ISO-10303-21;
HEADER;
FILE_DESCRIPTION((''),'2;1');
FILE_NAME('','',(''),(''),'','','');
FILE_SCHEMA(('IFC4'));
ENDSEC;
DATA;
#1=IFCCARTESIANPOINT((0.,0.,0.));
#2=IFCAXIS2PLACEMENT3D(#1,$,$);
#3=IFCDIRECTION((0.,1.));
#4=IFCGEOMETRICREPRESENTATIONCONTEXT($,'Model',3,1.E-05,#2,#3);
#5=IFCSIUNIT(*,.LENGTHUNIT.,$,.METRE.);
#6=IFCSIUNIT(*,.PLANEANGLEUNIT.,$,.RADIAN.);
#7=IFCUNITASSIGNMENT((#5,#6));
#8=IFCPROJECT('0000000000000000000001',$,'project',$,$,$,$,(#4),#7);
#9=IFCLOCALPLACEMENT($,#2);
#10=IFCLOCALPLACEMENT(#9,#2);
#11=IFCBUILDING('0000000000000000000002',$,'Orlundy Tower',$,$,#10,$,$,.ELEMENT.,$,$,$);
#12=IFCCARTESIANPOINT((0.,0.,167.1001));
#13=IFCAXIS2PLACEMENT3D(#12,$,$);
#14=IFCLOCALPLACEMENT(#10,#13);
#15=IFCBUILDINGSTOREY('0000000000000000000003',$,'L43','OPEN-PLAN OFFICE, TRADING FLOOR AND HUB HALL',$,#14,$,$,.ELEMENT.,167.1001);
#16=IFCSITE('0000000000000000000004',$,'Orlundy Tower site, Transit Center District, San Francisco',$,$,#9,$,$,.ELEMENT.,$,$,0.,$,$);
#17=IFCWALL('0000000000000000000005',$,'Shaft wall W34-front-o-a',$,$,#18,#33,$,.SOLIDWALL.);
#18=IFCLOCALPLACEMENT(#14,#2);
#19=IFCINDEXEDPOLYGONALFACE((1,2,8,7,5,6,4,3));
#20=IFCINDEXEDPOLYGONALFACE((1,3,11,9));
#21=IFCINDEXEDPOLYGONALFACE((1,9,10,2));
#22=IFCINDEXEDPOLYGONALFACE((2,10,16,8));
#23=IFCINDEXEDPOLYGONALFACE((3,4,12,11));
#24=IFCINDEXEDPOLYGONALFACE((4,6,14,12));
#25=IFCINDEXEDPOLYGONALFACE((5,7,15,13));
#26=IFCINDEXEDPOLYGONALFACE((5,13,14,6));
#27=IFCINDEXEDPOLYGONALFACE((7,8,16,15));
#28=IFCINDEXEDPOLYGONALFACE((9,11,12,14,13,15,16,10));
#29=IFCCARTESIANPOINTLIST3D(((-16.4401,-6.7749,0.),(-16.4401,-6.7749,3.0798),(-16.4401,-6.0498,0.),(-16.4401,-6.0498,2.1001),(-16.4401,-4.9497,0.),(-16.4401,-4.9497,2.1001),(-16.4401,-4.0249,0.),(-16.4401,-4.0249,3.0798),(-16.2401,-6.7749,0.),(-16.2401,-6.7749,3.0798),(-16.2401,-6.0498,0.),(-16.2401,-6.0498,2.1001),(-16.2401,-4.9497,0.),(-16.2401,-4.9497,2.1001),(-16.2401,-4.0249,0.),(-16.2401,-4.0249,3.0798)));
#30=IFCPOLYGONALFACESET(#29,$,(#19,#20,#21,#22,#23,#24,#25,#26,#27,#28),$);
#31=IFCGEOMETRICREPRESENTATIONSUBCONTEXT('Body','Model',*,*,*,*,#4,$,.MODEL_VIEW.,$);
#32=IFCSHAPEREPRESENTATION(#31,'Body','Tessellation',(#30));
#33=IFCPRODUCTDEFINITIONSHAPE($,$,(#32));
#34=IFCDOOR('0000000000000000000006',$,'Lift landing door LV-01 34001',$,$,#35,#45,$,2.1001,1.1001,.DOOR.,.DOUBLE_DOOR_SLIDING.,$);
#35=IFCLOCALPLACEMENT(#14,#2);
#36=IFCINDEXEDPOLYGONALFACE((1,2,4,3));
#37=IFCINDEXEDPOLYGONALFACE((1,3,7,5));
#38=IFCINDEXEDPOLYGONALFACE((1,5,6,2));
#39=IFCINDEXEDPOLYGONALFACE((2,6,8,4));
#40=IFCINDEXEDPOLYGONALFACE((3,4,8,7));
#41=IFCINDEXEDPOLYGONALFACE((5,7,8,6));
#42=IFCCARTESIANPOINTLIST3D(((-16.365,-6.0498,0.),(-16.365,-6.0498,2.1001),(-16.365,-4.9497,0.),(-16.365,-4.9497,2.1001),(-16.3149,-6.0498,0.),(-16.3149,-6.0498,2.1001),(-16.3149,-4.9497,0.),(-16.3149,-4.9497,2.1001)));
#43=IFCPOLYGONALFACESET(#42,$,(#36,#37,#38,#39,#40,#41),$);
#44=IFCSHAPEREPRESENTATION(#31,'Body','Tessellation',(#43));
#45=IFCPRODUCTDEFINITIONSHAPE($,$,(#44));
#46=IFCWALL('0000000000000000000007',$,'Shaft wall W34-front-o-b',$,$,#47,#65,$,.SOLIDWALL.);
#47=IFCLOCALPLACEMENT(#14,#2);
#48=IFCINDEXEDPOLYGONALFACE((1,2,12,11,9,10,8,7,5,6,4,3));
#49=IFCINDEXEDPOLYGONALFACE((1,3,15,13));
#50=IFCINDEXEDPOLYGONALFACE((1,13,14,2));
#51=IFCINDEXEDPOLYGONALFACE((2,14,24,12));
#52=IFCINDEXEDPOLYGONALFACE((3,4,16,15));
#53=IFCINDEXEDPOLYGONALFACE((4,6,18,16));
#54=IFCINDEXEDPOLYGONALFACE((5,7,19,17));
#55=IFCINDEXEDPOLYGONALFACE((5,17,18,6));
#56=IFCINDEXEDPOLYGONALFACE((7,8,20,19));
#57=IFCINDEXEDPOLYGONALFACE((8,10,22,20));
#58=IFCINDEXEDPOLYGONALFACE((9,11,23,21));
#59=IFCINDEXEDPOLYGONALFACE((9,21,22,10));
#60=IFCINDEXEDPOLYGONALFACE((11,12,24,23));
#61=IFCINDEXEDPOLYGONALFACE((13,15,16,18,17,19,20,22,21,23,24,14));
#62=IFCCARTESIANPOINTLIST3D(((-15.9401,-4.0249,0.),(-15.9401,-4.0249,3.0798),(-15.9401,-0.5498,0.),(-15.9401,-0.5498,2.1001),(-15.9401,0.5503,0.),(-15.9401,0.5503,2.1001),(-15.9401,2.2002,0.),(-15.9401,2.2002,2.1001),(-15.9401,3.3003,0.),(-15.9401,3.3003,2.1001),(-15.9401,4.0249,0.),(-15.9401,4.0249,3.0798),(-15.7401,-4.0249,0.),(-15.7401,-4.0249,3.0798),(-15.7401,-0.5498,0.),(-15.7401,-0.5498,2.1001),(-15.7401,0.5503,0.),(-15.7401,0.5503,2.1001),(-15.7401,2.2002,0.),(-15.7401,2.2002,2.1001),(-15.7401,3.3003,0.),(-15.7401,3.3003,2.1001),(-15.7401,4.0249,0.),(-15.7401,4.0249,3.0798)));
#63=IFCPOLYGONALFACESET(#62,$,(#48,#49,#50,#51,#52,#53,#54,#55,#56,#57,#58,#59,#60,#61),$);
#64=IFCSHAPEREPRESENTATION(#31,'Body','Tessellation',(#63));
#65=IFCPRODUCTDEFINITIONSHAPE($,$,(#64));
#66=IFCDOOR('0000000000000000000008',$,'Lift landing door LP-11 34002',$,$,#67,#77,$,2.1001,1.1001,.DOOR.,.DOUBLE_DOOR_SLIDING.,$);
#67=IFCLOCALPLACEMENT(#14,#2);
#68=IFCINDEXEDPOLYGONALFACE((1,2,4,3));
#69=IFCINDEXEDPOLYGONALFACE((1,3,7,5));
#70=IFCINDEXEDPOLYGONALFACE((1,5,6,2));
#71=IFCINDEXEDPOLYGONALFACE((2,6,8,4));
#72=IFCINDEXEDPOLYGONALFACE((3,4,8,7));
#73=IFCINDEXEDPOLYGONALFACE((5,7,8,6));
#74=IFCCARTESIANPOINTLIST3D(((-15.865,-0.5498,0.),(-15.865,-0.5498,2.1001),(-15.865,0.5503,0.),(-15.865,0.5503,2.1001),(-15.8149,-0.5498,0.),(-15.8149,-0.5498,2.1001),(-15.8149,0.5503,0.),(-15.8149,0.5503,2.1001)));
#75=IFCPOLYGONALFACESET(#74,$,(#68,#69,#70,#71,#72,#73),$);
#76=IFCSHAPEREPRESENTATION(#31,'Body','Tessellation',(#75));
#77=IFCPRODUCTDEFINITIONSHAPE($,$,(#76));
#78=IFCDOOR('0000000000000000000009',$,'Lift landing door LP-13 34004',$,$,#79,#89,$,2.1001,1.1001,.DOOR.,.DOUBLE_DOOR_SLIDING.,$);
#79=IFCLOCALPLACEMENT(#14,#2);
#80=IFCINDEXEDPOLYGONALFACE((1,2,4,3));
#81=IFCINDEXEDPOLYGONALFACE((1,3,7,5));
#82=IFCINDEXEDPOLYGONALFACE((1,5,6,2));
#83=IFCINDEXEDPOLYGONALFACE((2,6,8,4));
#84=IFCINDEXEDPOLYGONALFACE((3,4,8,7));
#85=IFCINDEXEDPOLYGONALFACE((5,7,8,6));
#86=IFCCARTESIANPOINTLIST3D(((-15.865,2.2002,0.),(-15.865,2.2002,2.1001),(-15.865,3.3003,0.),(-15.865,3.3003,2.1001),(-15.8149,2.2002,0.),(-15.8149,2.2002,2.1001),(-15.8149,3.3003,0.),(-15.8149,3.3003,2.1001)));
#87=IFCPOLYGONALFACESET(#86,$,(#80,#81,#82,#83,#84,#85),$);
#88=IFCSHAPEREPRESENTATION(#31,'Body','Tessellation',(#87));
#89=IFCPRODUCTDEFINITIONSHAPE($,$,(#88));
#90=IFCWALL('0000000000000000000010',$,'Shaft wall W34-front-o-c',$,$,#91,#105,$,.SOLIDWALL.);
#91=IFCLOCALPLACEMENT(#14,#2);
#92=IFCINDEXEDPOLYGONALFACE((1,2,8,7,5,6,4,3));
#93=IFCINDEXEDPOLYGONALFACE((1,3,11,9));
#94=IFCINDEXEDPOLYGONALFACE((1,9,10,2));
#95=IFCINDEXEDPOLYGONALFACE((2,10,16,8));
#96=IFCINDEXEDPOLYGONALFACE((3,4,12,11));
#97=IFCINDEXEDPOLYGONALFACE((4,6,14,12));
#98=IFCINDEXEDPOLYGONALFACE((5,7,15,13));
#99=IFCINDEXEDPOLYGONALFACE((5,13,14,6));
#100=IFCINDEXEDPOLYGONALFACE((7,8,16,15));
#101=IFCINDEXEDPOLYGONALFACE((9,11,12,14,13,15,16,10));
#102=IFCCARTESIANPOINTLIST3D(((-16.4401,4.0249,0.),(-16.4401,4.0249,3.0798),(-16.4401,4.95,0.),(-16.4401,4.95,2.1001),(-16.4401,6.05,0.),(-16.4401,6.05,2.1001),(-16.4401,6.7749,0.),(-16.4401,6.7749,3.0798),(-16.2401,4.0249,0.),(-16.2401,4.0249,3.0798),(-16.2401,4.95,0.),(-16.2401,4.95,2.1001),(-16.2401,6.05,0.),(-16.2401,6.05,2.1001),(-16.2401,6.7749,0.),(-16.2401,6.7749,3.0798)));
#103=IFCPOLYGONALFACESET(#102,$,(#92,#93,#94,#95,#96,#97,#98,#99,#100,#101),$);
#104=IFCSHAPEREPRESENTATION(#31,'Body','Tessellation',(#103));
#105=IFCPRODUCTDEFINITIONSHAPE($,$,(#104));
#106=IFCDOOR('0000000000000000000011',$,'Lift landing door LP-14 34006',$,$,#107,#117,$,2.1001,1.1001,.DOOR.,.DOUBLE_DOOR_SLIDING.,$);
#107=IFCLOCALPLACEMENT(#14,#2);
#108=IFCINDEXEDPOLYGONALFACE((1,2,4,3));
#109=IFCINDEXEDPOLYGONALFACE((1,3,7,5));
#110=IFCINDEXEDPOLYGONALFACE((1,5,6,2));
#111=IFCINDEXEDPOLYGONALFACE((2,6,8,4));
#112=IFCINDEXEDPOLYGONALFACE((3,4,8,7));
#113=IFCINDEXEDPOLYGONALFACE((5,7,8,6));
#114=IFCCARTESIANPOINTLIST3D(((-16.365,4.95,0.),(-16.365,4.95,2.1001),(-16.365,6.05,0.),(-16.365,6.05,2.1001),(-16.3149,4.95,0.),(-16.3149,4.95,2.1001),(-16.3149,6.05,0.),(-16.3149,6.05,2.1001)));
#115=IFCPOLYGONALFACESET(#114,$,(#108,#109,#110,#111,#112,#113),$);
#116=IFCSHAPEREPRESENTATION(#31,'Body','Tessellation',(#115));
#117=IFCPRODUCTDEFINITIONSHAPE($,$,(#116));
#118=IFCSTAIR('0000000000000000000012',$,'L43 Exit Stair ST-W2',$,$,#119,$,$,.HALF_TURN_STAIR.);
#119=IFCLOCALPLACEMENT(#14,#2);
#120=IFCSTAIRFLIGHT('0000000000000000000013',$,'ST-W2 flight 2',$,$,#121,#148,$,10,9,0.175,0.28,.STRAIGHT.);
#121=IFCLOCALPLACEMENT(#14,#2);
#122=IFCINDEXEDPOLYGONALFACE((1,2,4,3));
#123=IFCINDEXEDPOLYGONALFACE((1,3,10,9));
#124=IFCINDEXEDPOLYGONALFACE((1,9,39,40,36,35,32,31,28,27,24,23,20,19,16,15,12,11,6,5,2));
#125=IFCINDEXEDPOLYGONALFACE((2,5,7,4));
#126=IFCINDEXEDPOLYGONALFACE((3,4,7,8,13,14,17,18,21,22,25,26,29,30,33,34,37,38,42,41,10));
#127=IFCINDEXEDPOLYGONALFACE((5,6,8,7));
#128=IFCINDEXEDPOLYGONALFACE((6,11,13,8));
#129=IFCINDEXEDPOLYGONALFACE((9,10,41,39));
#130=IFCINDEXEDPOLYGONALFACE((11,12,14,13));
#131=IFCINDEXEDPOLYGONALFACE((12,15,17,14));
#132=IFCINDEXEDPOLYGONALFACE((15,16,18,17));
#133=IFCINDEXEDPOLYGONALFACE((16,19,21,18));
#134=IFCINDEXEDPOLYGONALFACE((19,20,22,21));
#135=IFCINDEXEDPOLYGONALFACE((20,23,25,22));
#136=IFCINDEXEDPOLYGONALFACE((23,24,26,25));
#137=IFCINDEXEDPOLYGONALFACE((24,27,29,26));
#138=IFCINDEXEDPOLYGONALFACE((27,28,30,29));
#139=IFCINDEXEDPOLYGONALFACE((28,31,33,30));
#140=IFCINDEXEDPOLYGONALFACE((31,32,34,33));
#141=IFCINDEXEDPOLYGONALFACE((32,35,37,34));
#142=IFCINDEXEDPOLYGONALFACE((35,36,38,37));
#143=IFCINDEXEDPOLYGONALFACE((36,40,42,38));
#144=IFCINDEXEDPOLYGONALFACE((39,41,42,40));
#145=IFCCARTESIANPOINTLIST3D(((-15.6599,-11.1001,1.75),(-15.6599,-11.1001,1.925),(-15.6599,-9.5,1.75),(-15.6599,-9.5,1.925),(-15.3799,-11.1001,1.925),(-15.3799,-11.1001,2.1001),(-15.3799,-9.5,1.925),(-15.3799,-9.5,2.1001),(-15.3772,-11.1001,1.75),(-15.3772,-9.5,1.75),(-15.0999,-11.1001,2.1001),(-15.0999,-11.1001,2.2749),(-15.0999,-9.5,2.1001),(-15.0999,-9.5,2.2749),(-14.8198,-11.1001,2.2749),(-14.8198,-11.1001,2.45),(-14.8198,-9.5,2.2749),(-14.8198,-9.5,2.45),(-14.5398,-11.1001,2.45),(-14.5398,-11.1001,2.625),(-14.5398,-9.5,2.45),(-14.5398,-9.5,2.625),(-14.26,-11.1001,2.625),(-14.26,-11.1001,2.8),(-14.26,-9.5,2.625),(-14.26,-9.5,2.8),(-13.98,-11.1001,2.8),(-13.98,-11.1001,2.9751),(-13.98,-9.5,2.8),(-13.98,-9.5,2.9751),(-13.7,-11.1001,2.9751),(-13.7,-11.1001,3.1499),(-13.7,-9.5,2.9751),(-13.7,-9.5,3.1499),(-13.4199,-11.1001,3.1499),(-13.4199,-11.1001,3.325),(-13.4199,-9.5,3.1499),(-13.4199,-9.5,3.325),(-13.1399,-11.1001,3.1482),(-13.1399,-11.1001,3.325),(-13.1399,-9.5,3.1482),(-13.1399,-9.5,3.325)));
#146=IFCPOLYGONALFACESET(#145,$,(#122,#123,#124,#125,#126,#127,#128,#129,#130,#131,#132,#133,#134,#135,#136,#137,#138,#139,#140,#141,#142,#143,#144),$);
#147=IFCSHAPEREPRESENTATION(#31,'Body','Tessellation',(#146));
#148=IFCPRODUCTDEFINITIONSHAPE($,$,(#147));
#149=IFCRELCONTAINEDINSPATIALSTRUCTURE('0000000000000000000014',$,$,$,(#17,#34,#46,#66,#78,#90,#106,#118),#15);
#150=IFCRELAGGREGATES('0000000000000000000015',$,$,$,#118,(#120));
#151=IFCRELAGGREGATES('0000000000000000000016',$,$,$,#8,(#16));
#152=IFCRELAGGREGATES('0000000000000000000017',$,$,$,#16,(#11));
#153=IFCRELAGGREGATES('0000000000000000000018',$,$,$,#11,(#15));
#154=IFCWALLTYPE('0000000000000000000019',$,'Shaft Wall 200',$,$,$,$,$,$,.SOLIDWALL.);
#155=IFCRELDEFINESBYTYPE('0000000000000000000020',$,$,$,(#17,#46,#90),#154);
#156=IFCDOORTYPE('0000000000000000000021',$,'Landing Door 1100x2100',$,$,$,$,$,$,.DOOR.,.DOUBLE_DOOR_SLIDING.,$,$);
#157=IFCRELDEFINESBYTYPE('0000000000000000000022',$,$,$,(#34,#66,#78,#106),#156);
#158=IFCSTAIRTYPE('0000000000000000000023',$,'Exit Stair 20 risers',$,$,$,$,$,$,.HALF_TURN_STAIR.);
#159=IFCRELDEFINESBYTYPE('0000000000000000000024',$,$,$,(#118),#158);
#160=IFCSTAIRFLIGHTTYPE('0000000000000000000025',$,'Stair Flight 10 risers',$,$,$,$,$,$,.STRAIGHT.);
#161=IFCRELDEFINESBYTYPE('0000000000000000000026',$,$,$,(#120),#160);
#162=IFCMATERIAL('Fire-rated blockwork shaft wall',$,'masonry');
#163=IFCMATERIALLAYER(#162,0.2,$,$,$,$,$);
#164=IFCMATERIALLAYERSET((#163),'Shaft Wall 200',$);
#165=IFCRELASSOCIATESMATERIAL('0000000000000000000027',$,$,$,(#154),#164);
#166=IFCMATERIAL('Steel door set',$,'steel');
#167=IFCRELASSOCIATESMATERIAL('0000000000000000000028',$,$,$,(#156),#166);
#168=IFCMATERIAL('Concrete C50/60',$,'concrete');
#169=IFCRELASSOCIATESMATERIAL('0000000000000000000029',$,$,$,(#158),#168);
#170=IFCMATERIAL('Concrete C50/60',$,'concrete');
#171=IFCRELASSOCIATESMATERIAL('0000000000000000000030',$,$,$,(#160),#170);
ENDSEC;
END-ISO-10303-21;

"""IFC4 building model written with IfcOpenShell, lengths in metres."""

from ifc_helpers import new_model, si_unit, direction, frame, frame_2d, origin, place, context, subcontext, project, spatial, polyline, rectangle, outline, extrude, material, layer, layer_set, type_object, element, fill, aggregate, save


model = new_model("IFC4")

# Units and contexts
model_context = context("Model", 3, precision=1e-05, world=origin(), true_north=direction((0.0, 1.0)))
body_context = subcontext(model_context, "Body", "Model", "MODEL_VIEW")
ifc_project = project(units=[si_unit("LENGTHUNIT", "METRE"), si_unit("PLANEANGLEUNIT", "RADIAN")], contexts=[model_context])

# Site, building, storey
site_placement = place(None, origin())
site = spatial("IfcSite", under=ifc_project, at=site_placement, Name="Orlundy Tower site, Transit Center District, San Francisco", CompositionType="ELEMENT", RefElevation=0.0)
building_placement = place(site_placement, origin())
building = spatial("IfcBuilding", under=site, at=building_placement, Name="Orlundy Tower", CompositionType="ELEMENT")
storey_placement = place(building_placement, frame((0.0, 0.0, 167.1001)))
storey = spatial("IfcBuildingStorey", under=building, at=storey_placement, Name="L43", Description="OPEN-PLAN OFFICE, TRADING FLOOR AND HUB HALL", CompositionType="ELEMENT", Elevation=167.1001)

# Shared definitions
ifc_material_1 = material(Name="Fire-rated blockwork shaft wall", Category="masonry")
ifc_layer_1 = layer(ifc_material_1, 0.2)
ifc_layer_set_1 = layer_set([ifc_layer_1], Name="Shaft Wall 200")
wall_type_1 = type_object("IfcWallType", Name="Shaft Wall 200", PredefinedType="SOLIDWALL", material=ifc_layer_set_1)

# Wall, opening, door
wall_1_placement = place(storey_placement, frame((-16.3401, -6.7749, 0.0), z_axis=(0.0, 0.0, 1.0), x_axis=(0.0, 1.0, 0.0)))
wall_1 = element("IfcWall", 1, at=wall_1_placement, inside=storey, type_object=wall_type_1, Name="Shaft wall W34-front-o-a", PredefinedType="SOLIDWALL", context=body_context, shape_type="SweptSolid", body=[
    extrude(rectangle(XDim=2.75, YDim=0.2, at=frame_2d((1.375, 0.0))), origin(), (0.0, 0.0, 1.0), 3.0798),
])
opening_1_placement = place(wall_1_placement, frame((0.7251, 0.0, 0.0)))
opening_1 = element("IfcOpeningElement", 2, at=opening_1_placement, cuts=wall_1, PredefinedType="OPENING", context=body_context, shape_type="SweptSolid", body=[
    extrude(rectangle(XDim=1.1001, YDim=2.1001, at=frame_2d((0.55, 1.05))), frame((0.0, 0.1101, 0.0), z_axis=(0.0, -1.0, 0.0), x_axis=(1.0, 0.0, 0.0)), (0.0, 0.0, 1.0), 0.2202),
])
ifc_material_2 = material(Name="Steel door set", Category="steel")
door_type_1 = type_object("IfcDoorType", Name="Landing Door 1100x2100", OperationType="DOUBLE_DOOR_SLIDING", PredefinedType="DOOR", material=ifc_material_2)
door_1_placement = place(opening_1_placement, origin())
door_1 = element("IfcDoor", 3, at=door_1_placement, inside=storey, type_object=door_type_1, Name="Lift landing door LV-01 34001", OperationType="DOUBLE_DOOR_SLIDING", OverallHeight=2.1001, OverallWidth=1.1001, PredefinedType="DOOR", context=body_context, shape_type="SweptSolid", body=[
    extrude(rectangle(XDim=1.1001, YDim=2.1001, at=frame_2d((0.55, 1.05))), frame((0.0, 0.0249, 0.0), z_axis=(0.0, -1.0, 0.0), x_axis=(1.0, 0.0, 0.0)), (0.0, 0.0, 1.0), 0.05),
])
fill(opening_1, door_1)

# Wall, openings, doors
wall_2_placement = place(storey_placement, frame((-15.8401, -4.0249, 0.0), z_axis=(0.0, 0.0, 1.0), x_axis=(0.0, 1.0, 0.0)))
wall_2 = element("IfcWall", 4, at=wall_2_placement, inside=storey, type_object=wall_type_1, Name="Shaft wall W34-front-o-b", PredefinedType="SOLIDWALL", context=body_context, shape_type="SweptSolid", body=[
    extrude(rectangle(XDim=8.0498, YDim=0.2, at=frame_2d((4.0249, 0.0))), origin(), (0.0, 0.0, 1.0), 3.0798),
])
opening_2_placement = place(wall_2_placement, frame((3.4751, 0.0, 0.0)))
opening_2 = element("IfcOpeningElement", 5, at=opening_2_placement, cuts=wall_2, PredefinedType="OPENING", context=body_context, shape_type="SweptSolid", body=[
    extrude(rectangle(XDim=1.1001, YDim=2.1001, at=frame_2d((0.55, 1.05))), frame((0.0, 0.1101, 0.0), z_axis=(0.0, -1.0, 0.0), x_axis=(1.0, 0.0, 0.0)), (0.0, 0.0, 1.0), 0.2202),
])
opening_3_placement = place(wall_2_placement, frame((6.2251, 0.0, 0.0)))
opening_3 = element("IfcOpeningElement", 6, at=opening_3_placement, cuts=wall_2, PredefinedType="OPENING", context=body_context, shape_type="SweptSolid", body=[
    extrude(rectangle(XDim=1.1001, YDim=2.1001, at=frame_2d((0.55, 1.05))), frame((0.0, 0.1101, 0.0), z_axis=(0.0, -1.0, 0.0), x_axis=(1.0, 0.0, 0.0)), (0.0, 0.0, 1.0), 0.2202),
])
door_2_placement = place(opening_2_placement, origin())
door_2 = element("IfcDoor", 7, at=door_2_placement, inside=storey, type_object=door_type_1, Name="Lift landing door LP-11 34002", OperationType="DOUBLE_DOOR_SLIDING", OverallHeight=2.1001, OverallWidth=1.1001, PredefinedType="DOOR", context=body_context, shape_type="SweptSolid", body=[
    extrude(rectangle(XDim=1.1001, YDim=2.1001, at=frame_2d((0.55, 1.05))), frame((0.0, 0.0249, 0.0), z_axis=(0.0, -1.0, 0.0), x_axis=(1.0, 0.0, 0.0)), (0.0, 0.0, 1.0), 0.05),
])
fill(opening_2, door_2)
door_3_placement = place(opening_3_placement, origin())
door_3 = element("IfcDoor", 8, at=door_3_placement, inside=storey, type_object=door_type_1, Name="Lift landing door LP-13 34004", OperationType="DOUBLE_DOOR_SLIDING", OverallHeight=2.1001, OverallWidth=1.1001, PredefinedType="DOOR", context=body_context, shape_type="SweptSolid", body=[
    extrude(rectangle(XDim=1.1001, YDim=2.1001, at=frame_2d((0.55, 1.05))), frame((0.0, 0.0249, 0.0), z_axis=(0.0, -1.0, 0.0), x_axis=(1.0, 0.0, 0.0)), (0.0, 0.0, 1.0), 0.05),
])
fill(opening_3, door_3)

# Wall, opening, door
wall_3_placement = place(storey_placement, frame((-16.3401, 4.0249, 0.0), z_axis=(0.0, 0.0, 1.0), x_axis=(0.0, 1.0, 0.0)))
wall_3 = element("IfcWall", 9, at=wall_3_placement, inside=storey, type_object=wall_type_1, Name="Shaft wall W34-front-o-c", PredefinedType="SOLIDWALL", context=body_context, shape_type="SweptSolid", body=[
    extrude(rectangle(XDim=2.75, YDim=0.2, at=frame_2d((1.375, 0.0))), origin(), (0.0, 0.0, 1.0), 3.0798),
])
opening_4_placement = place(wall_3_placement, frame((0.925, 0.0, 0.0)))
opening_4 = element("IfcOpeningElement", 10, at=opening_4_placement, cuts=wall_3, PredefinedType="OPENING", context=body_context, shape_type="SweptSolid", body=[
    extrude(rectangle(XDim=1.1001, YDim=2.1001, at=frame_2d((0.55, 1.05))), frame((0.0, 0.1101, 0.0), z_axis=(0.0, -1.0, 0.0), x_axis=(1.0, 0.0, 0.0)), (0.0, 0.0, 1.0), 0.2202),
])
door_4_placement = place(opening_4_placement, origin())
door_4 = element("IfcDoor", 11, at=door_4_placement, inside=storey, type_object=door_type_1, Name="Lift landing door LP-14 34006", OperationType="DOUBLE_DOOR_SLIDING", OverallHeight=2.1001, OverallWidth=1.1001, PredefinedType="DOOR", context=body_context, shape_type="SweptSolid", body=[
    extrude(rectangle(XDim=1.1001, YDim=2.1001, at=frame_2d((0.55, 1.05))), frame((0.0, 0.0249, 0.0), z_axis=(0.0, -1.0, 0.0), x_axis=(1.0, 0.0, 0.0)), (0.0, 0.0, 1.0), 0.05),
])
fill(opening_4, door_4)

# Stair, stair flight
ifc_material_3 = material(Name="Concrete C50/60", Category="concrete")
stair_type = type_object("IfcStairType", Name="Exit Stair 20 risers", PredefinedType="HALF_TURN_STAIR", material=ifc_material_3)
stair_placement = place(storey_placement, origin())
stair = element("IfcStair", 12, at=stair_placement, inside=storey, type_object=stair_type, Name="L43 Exit Stair ST-W2", PredefinedType="HALF_TURN_STAIR")
ifc_material_4 = material(Name="Concrete C50/60", Category="concrete")
stair_flight_type = type_object("IfcStairFlightType", Name="Stair Flight 10 risers", PredefinedType="STRAIGHT", material=ifc_material_4)
stair_flight_placement = place(storey_placement, frame((-15.6599, -10.3, 1.75), z_axis=(0.0, 0.0, 1.0), x_axis=(1.0, 0.0, 0.0)))
stair_flight = element("IfcStairFlight", 13, at=stair_flight_placement, type_object=stair_flight_type, Name="ST-W2 flight 2", NumberOfRisers=10, NumberOfTreads=9, PredefinedType="STRAIGHT", RiserHeight=0.175, TreadLength=0.28, context=body_context, shape_type="SweptSolid", body=[
    extrude(outline(polyline([(0.0, 0.0), (0.0, 0.175), (0.28, 0.175), (0.28, 0.3501), (0.5601, 0.3501), (0.5601, 0.5249), (0.8401, 0.5249), (0.8401, 0.7), (1.1201, 0.7), (1.1201, 0.875), (1.3999, 0.875), (1.3999, 1.05), (1.6799, 1.05), (1.6799, 1.2251), (1.96, 1.2251), (1.96, 1.3999), (2.24, 1.3999), (2.24, 1.575), (2.52, 1.575), (2.52, 1.75), (2.52, 1.3982), (0.2827, 0.0), (0.0, 0.0)])), frame((0.0, 0.8, 0.0), z_axis=(0.0, -1.0, 0.0), x_axis=(1.0, 0.0, 0.0)), (0.0, 0.0, 1.0), 1.6001),
])
aggregate(stair, [stair_flight])

save(model, "model.ifc")
